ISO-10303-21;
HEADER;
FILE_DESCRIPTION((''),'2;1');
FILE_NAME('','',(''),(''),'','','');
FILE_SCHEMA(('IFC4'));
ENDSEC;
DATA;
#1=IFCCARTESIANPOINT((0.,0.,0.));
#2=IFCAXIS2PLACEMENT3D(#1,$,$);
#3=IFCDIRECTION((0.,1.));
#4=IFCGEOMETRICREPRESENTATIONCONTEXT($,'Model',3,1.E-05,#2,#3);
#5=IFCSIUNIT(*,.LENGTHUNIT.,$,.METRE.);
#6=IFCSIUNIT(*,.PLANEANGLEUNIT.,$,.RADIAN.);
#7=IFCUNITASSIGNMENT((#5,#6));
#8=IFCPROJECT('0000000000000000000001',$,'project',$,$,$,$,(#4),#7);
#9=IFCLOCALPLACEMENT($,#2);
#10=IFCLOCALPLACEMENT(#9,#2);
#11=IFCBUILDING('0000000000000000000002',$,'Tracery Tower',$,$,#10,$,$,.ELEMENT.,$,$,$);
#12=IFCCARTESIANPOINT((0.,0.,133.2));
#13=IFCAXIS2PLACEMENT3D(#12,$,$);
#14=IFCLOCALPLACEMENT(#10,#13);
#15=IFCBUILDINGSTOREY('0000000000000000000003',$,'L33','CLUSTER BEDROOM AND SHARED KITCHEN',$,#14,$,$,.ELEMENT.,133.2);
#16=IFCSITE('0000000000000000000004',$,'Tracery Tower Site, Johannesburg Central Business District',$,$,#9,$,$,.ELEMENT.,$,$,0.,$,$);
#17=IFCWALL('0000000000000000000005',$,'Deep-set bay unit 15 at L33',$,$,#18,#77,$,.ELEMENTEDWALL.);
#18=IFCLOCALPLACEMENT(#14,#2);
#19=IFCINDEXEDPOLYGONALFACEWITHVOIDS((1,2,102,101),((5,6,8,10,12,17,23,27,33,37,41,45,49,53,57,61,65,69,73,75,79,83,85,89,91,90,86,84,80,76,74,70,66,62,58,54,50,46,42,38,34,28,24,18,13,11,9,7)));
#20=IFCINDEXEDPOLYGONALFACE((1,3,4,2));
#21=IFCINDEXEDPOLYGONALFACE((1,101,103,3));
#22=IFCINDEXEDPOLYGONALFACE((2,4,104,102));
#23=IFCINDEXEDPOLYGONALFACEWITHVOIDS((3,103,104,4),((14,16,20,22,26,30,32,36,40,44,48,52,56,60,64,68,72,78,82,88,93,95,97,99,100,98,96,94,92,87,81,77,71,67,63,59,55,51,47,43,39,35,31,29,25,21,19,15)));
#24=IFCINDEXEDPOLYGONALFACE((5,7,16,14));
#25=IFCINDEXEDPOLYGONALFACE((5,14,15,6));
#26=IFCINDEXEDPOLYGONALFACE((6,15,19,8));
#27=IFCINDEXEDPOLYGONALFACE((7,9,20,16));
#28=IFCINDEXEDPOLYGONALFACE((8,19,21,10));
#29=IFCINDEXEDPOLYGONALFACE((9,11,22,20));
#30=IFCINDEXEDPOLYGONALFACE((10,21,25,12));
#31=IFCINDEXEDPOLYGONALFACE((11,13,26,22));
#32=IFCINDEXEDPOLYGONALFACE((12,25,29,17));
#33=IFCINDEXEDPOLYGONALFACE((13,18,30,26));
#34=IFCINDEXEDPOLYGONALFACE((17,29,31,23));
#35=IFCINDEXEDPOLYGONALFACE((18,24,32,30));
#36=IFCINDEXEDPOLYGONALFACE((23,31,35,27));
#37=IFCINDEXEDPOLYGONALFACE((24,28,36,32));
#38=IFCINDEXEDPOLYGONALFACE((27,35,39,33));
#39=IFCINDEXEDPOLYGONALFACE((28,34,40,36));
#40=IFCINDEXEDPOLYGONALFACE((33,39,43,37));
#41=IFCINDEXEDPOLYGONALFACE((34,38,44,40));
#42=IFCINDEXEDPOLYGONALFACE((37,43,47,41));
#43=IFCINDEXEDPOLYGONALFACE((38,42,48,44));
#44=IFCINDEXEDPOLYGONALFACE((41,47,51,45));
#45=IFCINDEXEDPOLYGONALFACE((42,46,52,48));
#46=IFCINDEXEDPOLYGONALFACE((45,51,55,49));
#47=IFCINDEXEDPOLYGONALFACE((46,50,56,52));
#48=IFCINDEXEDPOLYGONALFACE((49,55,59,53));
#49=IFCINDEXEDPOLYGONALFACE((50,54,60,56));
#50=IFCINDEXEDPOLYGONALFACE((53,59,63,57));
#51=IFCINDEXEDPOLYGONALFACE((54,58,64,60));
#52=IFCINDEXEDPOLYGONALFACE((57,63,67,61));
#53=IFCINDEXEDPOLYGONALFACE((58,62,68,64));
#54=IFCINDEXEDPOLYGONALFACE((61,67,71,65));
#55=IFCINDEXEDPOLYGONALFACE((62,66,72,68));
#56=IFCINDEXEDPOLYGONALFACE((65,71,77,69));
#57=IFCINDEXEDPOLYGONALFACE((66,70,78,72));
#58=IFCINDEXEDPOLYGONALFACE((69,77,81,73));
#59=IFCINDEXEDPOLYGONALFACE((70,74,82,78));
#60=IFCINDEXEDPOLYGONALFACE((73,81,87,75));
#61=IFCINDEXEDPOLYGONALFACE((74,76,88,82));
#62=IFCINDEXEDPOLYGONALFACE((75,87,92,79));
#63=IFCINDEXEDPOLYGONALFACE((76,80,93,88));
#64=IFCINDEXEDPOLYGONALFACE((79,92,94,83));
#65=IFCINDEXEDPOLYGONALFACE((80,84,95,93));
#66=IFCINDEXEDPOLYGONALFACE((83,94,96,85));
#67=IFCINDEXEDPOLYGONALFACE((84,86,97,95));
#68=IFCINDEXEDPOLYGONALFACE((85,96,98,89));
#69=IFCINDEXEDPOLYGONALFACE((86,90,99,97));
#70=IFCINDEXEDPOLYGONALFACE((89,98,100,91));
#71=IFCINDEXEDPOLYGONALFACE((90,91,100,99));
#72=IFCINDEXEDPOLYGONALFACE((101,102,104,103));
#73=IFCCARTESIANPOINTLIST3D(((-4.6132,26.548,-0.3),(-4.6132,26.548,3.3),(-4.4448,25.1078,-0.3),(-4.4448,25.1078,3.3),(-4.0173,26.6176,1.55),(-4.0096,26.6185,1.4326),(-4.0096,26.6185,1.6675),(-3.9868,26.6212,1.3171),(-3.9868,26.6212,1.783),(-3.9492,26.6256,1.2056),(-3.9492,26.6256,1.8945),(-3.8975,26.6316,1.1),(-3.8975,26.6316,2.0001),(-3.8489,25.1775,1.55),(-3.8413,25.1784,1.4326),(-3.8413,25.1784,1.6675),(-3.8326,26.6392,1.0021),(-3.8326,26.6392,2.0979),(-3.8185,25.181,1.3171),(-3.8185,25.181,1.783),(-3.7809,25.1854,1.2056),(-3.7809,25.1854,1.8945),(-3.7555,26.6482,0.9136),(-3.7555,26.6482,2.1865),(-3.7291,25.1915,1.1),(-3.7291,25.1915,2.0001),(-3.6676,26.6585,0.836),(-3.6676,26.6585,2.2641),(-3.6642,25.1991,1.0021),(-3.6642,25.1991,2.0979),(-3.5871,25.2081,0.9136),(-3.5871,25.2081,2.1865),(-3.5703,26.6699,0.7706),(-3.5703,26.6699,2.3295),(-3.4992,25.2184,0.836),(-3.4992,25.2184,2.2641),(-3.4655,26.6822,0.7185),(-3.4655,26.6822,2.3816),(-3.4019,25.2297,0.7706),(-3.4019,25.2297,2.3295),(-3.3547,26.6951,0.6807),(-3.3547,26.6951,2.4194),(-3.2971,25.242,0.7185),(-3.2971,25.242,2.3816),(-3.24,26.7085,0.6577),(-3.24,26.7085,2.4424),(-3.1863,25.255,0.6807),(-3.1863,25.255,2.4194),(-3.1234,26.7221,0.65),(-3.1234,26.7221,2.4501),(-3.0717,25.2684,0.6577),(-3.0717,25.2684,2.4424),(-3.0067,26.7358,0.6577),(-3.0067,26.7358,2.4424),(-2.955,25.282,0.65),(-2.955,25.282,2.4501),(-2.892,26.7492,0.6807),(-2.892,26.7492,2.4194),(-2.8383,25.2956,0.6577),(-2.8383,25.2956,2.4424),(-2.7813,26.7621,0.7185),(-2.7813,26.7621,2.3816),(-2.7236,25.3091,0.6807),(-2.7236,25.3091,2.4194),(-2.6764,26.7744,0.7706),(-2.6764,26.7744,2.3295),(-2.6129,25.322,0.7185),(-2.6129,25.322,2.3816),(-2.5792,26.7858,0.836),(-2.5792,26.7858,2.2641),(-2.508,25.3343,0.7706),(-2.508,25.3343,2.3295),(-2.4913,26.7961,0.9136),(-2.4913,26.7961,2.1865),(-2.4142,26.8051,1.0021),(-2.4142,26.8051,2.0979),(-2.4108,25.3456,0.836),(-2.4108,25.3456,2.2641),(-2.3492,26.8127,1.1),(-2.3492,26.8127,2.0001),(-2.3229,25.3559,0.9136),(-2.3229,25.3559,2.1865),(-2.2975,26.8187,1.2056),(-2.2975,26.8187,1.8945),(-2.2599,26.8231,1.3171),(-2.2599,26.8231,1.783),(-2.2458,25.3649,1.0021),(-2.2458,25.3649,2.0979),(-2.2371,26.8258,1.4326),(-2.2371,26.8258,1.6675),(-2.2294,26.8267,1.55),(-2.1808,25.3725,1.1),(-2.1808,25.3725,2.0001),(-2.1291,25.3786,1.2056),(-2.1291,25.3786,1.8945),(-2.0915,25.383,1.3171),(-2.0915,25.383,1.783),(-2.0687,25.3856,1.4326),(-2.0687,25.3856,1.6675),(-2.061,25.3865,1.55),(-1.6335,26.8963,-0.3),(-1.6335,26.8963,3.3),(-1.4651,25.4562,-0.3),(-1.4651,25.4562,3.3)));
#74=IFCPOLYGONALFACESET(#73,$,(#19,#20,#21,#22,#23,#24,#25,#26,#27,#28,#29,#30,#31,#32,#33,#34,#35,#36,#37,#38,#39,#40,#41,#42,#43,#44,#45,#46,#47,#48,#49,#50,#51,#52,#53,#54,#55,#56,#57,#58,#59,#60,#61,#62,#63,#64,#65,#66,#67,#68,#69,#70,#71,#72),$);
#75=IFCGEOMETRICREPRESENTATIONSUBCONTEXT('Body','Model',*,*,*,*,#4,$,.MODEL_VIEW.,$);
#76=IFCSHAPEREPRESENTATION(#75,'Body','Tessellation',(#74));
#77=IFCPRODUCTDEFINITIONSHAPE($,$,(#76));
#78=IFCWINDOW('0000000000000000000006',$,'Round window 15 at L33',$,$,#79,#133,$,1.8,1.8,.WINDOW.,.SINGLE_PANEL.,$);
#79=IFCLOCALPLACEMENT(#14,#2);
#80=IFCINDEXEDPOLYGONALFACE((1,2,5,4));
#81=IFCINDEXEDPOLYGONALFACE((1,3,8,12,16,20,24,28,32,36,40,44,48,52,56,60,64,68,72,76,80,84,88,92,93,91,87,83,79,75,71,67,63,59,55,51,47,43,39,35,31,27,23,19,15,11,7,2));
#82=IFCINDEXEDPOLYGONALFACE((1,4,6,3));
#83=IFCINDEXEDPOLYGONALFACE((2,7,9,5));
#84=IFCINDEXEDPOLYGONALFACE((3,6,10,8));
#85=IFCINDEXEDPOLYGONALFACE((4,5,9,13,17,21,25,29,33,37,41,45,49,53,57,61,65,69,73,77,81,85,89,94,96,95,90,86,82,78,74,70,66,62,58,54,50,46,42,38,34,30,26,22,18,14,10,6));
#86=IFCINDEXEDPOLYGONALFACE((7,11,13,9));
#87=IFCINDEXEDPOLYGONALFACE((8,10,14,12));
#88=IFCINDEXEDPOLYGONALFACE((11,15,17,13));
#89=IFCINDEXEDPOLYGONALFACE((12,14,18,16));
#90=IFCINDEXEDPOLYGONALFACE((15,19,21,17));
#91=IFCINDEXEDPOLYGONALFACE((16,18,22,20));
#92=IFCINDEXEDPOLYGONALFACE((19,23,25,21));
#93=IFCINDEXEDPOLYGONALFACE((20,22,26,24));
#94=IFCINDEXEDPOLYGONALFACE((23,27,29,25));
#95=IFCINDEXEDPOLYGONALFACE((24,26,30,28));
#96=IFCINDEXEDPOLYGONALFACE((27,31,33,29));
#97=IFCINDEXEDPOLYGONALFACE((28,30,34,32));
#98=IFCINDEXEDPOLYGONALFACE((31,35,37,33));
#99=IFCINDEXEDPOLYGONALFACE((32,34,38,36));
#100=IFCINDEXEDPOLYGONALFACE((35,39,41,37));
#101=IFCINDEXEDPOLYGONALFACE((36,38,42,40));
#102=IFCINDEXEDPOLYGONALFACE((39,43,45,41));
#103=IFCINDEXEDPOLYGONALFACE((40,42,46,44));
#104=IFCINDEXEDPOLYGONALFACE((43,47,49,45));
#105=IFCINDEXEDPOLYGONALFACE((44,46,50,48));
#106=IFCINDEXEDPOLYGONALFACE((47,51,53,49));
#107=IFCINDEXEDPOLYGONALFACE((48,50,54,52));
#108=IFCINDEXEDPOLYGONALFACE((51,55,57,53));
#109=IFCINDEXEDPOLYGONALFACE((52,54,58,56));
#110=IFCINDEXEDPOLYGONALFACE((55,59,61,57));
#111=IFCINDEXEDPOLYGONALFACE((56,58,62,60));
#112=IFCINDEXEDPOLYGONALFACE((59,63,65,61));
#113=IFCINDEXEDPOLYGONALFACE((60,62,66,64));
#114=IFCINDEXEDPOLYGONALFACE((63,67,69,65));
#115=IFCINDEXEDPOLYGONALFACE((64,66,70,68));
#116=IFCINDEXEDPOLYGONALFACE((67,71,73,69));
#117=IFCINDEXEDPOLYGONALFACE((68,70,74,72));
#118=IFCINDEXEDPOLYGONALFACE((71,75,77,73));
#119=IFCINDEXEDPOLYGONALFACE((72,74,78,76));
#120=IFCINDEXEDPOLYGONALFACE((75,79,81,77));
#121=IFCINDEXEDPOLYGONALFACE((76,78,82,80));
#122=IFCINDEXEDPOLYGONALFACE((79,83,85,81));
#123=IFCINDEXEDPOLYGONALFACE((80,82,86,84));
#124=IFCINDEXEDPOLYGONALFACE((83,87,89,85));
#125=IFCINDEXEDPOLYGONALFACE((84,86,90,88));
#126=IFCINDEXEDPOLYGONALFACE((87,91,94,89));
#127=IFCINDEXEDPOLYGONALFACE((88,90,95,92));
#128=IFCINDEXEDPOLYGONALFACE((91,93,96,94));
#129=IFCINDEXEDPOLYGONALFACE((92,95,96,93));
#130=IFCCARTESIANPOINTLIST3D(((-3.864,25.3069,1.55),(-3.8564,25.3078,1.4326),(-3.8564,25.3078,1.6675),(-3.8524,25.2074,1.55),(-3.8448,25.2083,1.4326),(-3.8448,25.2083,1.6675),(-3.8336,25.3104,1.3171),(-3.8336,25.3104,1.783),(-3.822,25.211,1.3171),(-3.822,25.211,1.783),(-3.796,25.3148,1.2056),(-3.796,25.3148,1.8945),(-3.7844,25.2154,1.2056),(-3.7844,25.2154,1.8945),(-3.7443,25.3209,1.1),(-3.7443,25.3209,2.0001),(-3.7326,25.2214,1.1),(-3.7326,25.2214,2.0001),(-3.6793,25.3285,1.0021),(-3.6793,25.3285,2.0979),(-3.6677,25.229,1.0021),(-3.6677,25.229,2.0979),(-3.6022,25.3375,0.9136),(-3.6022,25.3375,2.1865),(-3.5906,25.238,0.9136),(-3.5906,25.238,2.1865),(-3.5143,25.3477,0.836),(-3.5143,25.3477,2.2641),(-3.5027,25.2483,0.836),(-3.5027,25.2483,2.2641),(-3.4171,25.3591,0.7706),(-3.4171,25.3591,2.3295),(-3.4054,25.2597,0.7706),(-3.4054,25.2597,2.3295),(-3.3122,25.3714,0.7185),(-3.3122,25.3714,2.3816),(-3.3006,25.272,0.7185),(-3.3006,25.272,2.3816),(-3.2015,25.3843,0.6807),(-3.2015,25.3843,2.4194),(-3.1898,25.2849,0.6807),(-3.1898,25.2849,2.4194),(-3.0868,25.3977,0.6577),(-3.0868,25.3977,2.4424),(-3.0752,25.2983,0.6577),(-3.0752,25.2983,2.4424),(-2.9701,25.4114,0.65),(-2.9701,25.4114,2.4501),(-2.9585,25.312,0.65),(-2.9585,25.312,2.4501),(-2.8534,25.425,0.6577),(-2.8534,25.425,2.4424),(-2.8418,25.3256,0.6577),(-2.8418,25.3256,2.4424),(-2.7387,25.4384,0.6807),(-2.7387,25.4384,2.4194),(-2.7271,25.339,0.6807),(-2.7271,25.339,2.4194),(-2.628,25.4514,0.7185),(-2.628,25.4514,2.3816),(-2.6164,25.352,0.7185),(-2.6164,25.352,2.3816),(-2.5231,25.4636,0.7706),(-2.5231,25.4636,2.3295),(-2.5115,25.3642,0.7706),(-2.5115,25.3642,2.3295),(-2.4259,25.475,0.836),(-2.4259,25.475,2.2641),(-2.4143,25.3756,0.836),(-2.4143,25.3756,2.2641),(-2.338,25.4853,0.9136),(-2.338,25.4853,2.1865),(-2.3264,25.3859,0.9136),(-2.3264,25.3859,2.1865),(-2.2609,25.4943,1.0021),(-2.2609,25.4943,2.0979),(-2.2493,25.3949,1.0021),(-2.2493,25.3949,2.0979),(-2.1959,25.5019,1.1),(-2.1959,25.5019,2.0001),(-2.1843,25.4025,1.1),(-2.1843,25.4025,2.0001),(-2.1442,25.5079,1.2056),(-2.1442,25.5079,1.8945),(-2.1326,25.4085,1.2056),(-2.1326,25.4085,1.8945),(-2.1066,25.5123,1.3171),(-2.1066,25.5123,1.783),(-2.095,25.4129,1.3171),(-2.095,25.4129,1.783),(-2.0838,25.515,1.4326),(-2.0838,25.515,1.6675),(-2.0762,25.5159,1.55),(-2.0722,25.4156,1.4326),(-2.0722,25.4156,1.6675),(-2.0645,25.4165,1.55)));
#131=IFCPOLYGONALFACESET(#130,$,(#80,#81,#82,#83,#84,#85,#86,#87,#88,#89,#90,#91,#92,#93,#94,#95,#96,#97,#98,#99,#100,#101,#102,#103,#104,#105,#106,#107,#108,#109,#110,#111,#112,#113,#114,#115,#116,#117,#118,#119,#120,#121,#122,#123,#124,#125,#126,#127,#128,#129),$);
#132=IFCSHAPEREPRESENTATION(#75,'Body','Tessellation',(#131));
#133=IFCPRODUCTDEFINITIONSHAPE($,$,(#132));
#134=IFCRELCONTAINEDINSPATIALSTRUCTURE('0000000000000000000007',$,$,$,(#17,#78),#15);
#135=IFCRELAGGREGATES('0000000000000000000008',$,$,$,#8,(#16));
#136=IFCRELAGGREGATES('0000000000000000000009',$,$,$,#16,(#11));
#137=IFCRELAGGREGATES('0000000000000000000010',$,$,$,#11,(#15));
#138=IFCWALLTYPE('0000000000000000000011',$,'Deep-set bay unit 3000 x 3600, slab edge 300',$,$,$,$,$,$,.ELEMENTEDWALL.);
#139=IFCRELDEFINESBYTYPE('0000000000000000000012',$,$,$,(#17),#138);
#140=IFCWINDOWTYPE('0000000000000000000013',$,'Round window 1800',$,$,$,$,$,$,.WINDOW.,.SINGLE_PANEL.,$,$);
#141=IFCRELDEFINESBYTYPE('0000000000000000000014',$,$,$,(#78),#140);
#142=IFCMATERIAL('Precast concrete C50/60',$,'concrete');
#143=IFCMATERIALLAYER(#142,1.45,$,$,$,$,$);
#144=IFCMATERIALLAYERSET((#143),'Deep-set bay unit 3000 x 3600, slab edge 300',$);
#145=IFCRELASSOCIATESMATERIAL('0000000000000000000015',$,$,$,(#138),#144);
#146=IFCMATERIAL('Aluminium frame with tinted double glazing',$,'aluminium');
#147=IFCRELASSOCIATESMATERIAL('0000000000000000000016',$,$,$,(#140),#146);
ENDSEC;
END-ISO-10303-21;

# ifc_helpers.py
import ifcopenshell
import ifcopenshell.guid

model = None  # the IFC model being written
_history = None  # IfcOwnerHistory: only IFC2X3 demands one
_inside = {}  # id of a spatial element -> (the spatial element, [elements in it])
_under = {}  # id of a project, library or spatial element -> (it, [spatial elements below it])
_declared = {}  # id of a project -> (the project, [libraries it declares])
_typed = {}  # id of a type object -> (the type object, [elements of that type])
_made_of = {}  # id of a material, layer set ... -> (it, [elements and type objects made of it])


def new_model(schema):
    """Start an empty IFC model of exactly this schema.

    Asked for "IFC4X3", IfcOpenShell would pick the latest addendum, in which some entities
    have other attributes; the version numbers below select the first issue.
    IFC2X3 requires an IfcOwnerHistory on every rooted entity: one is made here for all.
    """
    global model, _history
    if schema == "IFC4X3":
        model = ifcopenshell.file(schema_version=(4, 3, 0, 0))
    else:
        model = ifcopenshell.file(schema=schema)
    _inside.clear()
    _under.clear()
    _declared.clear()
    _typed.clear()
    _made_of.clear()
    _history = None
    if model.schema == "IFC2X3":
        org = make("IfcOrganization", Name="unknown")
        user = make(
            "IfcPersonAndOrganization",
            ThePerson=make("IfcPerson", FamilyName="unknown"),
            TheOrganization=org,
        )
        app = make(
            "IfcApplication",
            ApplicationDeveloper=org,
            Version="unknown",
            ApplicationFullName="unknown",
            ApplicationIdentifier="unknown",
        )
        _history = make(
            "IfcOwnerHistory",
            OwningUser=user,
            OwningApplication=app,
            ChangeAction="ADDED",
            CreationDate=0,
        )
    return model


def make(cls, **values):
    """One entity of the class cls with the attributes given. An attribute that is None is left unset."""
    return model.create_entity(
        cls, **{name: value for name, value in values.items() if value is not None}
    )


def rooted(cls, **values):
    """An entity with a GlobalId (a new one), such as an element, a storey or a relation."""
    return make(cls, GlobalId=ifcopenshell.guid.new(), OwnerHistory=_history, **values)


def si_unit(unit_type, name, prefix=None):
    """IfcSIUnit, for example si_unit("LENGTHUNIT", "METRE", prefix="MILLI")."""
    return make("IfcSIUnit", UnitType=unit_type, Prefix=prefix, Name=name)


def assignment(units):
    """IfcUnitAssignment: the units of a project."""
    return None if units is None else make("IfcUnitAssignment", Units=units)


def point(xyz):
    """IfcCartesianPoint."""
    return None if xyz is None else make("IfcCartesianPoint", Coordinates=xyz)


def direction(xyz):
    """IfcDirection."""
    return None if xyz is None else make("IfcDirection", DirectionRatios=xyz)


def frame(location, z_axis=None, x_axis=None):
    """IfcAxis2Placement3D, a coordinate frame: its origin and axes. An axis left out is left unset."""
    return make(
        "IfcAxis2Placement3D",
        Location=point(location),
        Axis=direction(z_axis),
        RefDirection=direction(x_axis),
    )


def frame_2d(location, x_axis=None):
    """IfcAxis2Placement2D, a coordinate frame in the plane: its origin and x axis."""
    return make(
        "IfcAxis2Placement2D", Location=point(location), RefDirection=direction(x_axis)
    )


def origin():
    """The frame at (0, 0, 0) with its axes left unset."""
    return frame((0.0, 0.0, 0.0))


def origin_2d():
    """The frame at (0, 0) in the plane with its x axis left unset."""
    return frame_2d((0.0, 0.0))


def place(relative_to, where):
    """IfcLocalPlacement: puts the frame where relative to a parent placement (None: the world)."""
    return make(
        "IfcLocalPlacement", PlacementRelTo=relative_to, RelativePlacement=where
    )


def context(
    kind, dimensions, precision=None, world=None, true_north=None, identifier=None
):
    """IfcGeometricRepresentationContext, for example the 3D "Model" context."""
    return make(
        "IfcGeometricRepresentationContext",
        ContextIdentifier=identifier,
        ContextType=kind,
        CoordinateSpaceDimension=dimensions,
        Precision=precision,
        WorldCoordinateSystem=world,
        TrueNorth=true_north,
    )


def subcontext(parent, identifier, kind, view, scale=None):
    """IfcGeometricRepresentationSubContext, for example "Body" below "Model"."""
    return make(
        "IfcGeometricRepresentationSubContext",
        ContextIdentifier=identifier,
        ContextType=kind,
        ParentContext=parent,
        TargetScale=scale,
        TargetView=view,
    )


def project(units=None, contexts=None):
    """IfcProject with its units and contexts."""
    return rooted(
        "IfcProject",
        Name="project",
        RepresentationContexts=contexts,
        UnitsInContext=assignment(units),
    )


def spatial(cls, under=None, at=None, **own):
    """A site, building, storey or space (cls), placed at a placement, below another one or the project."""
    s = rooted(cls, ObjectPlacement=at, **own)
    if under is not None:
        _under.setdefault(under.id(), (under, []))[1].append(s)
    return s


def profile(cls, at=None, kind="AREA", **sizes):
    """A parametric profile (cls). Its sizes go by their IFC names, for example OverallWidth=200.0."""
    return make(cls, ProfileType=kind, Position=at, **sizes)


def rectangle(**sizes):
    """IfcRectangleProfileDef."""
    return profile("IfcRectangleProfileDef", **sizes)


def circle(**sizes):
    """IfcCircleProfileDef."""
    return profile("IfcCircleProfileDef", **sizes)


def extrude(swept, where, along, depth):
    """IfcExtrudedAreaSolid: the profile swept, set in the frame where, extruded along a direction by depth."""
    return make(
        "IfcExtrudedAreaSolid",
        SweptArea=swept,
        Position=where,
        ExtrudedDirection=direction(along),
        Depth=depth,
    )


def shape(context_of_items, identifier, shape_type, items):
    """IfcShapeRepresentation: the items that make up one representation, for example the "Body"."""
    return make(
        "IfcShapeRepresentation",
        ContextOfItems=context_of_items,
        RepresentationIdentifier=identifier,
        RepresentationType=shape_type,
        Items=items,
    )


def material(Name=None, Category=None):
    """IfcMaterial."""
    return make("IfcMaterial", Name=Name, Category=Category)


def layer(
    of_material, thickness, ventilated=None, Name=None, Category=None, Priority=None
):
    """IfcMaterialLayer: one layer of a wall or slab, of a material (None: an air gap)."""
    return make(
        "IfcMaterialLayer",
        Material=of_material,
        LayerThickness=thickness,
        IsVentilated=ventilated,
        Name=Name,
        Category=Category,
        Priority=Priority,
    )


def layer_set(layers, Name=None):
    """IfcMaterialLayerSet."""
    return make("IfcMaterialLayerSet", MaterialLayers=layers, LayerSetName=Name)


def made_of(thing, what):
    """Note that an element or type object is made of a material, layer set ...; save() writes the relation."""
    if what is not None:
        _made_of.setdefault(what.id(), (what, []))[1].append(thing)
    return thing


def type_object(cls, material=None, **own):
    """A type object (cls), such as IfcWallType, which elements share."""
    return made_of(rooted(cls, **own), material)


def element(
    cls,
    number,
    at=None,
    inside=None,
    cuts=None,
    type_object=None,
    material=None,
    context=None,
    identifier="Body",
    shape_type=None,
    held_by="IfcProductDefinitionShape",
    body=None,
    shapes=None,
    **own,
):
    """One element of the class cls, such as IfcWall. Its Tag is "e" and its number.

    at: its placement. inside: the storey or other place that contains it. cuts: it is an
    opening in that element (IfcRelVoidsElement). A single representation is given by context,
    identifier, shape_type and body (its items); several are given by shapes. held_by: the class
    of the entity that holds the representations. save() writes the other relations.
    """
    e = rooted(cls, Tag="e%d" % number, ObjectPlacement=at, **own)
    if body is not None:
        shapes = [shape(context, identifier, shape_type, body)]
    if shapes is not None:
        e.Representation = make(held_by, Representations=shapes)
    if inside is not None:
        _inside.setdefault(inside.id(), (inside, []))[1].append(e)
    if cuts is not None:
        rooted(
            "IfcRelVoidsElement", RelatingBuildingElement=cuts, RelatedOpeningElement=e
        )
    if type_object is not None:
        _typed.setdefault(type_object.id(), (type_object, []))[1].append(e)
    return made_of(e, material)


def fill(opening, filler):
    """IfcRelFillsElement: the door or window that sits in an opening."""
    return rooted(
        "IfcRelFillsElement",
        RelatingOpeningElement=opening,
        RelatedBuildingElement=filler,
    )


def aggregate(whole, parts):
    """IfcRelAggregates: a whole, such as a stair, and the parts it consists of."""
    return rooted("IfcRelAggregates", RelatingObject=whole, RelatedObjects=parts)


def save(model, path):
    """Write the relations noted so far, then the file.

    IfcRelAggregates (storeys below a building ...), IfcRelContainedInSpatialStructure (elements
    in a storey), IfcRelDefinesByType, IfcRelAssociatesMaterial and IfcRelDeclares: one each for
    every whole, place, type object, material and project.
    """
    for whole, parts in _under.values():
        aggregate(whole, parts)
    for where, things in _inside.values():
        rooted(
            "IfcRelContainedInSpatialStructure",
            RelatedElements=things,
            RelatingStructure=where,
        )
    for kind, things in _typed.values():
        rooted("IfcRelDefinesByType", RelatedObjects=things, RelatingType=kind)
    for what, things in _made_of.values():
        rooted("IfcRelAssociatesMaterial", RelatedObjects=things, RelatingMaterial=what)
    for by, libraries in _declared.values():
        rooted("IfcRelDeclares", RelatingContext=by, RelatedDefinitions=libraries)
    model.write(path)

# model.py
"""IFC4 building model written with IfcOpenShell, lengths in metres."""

from ifc_helpers import new_model, si_unit, direction, frame, frame_2d, origin, origin_2d, place, context, subcontext, project, spatial, rectangle, circle, extrude, material, layer, layer_set, type_object, element, fill, save


model = new_model("IFC4")

# Units and contexts
model_context = context("Model", 3, precision=1e-05, world=origin(), true_north=direction((0.0, 1.0)))
body_context = subcontext(model_context, "Body", "Model", "MODEL_VIEW")
ifc_project = project(units=[si_unit("LENGTHUNIT", "METRE"), si_unit("PLANEANGLEUNIT", "RADIAN")], contexts=[model_context])

# Site, building, storey
site_placement = place(None, origin())
site = spatial("IfcSite", under=ifc_project, at=site_placement, Name="Tracery Tower Site, Johannesburg Central Business District", CompositionType="ELEMENT", RefElevation=0.0)
building_placement = place(site_placement, origin())
building = spatial("IfcBuilding", under=site, at=building_placement, Name="Tracery Tower", CompositionType="ELEMENT")
storey_placement = place(building_placement, frame((0.0, 0.0, 133.2)))
storey = spatial("IfcBuildingStorey", under=building, at=storey_placement, Name="L33", Description="CLUSTER BEDROOM AND SHARED KITCHEN", CompositionType="ELEMENT", Elevation=133.2)

# Wall, opening, window
ifc_material_1 = material(Name="Precast concrete C50/60", Category="concrete")
ifc_layer_1 = layer(ifc_material_1, 1.45)
ifc_layer_set_1 = layer_set([ifc_layer_1], Name="Deep-set bay unit 3000 x 3600, slab edge 300")
wall_type_1 = type_object("IfcWallType", Name="Deep-set bay unit 3000 x 3600, slab edge 300", PredefinedType="ELEMENTEDWALL", material=ifc_layer_set_1)
wall_1_placement = place(storey_placement, frame((-1.5493, 26.1763, -0.3), z_axis=(0.0, 0.0, 1.0), x_axis=(-0.993234, -0.116128, 0.0)))
wall_1 = element("IfcWall", 1, at=wall_1_placement, inside=storey, type_object=wall_type_1, Name="Deep-set bay unit 15 at L33", PredefinedType="ELEMENTEDWALL", context=body_context, shape_type="SweptSolid", body=[
    extrude(rectangle(XDim=3.0, YDim=1.45, at=frame_2d((1.5, 0.0))), origin(), (0.0, 0.0, 1.0), 3.6001),
])
opening_1_placement = place(wall_1_placement, frame((1.5, 0.0, 1.8501)))
opening_1 = element("IfcOpeningElement", 2, at=opening_1_placement, cuts=wall_1, PredefinedType="OPENING", context=body_context, shape_type="SweptSolid", body=[
    extrude(circle(Radius=0.9, at=origin_2d()), frame((0.0, 0.7349, 0.0), z_axis=(0.0, -1.0, 0.0), x_axis=(1.0, 0.0, 0.0)), (0.0, 0.0, 1.0), 1.47),
])
ifc_material_2 = material(Name="Aluminium frame with tinted double glazing", Category="aluminium")
window_type = type_object("IfcWindowType", Name="Round window 1800", PartitioningType="SINGLE_PANEL", PredefinedType="WINDOW", material=ifc_material_2)
window_1_placement = place(opening_1_placement, origin())
window_1 = element("IfcWindow", 3, at=window_1_placement, inside=storey, type_object=window_type, Name="Round window 15 at L33", OverallHeight=1.8, OverallWidth=1.8, PartitioningType="SINGLE_PANEL", PredefinedType="WINDOW", context=body_context, shape_type="SweptSolid", body=[
    extrude(circle(Radius=0.9, at=origin_2d()), frame((0.0, 0.6948, 0.0), z_axis=(0.0, -1.0, 0.0), x_axis=(1.0, 0.0, 0.0)), (0.0, 0.0, 1.0), 0.1001),
])
fill(opening_1, window_1)

save(model, "model.ifc")
